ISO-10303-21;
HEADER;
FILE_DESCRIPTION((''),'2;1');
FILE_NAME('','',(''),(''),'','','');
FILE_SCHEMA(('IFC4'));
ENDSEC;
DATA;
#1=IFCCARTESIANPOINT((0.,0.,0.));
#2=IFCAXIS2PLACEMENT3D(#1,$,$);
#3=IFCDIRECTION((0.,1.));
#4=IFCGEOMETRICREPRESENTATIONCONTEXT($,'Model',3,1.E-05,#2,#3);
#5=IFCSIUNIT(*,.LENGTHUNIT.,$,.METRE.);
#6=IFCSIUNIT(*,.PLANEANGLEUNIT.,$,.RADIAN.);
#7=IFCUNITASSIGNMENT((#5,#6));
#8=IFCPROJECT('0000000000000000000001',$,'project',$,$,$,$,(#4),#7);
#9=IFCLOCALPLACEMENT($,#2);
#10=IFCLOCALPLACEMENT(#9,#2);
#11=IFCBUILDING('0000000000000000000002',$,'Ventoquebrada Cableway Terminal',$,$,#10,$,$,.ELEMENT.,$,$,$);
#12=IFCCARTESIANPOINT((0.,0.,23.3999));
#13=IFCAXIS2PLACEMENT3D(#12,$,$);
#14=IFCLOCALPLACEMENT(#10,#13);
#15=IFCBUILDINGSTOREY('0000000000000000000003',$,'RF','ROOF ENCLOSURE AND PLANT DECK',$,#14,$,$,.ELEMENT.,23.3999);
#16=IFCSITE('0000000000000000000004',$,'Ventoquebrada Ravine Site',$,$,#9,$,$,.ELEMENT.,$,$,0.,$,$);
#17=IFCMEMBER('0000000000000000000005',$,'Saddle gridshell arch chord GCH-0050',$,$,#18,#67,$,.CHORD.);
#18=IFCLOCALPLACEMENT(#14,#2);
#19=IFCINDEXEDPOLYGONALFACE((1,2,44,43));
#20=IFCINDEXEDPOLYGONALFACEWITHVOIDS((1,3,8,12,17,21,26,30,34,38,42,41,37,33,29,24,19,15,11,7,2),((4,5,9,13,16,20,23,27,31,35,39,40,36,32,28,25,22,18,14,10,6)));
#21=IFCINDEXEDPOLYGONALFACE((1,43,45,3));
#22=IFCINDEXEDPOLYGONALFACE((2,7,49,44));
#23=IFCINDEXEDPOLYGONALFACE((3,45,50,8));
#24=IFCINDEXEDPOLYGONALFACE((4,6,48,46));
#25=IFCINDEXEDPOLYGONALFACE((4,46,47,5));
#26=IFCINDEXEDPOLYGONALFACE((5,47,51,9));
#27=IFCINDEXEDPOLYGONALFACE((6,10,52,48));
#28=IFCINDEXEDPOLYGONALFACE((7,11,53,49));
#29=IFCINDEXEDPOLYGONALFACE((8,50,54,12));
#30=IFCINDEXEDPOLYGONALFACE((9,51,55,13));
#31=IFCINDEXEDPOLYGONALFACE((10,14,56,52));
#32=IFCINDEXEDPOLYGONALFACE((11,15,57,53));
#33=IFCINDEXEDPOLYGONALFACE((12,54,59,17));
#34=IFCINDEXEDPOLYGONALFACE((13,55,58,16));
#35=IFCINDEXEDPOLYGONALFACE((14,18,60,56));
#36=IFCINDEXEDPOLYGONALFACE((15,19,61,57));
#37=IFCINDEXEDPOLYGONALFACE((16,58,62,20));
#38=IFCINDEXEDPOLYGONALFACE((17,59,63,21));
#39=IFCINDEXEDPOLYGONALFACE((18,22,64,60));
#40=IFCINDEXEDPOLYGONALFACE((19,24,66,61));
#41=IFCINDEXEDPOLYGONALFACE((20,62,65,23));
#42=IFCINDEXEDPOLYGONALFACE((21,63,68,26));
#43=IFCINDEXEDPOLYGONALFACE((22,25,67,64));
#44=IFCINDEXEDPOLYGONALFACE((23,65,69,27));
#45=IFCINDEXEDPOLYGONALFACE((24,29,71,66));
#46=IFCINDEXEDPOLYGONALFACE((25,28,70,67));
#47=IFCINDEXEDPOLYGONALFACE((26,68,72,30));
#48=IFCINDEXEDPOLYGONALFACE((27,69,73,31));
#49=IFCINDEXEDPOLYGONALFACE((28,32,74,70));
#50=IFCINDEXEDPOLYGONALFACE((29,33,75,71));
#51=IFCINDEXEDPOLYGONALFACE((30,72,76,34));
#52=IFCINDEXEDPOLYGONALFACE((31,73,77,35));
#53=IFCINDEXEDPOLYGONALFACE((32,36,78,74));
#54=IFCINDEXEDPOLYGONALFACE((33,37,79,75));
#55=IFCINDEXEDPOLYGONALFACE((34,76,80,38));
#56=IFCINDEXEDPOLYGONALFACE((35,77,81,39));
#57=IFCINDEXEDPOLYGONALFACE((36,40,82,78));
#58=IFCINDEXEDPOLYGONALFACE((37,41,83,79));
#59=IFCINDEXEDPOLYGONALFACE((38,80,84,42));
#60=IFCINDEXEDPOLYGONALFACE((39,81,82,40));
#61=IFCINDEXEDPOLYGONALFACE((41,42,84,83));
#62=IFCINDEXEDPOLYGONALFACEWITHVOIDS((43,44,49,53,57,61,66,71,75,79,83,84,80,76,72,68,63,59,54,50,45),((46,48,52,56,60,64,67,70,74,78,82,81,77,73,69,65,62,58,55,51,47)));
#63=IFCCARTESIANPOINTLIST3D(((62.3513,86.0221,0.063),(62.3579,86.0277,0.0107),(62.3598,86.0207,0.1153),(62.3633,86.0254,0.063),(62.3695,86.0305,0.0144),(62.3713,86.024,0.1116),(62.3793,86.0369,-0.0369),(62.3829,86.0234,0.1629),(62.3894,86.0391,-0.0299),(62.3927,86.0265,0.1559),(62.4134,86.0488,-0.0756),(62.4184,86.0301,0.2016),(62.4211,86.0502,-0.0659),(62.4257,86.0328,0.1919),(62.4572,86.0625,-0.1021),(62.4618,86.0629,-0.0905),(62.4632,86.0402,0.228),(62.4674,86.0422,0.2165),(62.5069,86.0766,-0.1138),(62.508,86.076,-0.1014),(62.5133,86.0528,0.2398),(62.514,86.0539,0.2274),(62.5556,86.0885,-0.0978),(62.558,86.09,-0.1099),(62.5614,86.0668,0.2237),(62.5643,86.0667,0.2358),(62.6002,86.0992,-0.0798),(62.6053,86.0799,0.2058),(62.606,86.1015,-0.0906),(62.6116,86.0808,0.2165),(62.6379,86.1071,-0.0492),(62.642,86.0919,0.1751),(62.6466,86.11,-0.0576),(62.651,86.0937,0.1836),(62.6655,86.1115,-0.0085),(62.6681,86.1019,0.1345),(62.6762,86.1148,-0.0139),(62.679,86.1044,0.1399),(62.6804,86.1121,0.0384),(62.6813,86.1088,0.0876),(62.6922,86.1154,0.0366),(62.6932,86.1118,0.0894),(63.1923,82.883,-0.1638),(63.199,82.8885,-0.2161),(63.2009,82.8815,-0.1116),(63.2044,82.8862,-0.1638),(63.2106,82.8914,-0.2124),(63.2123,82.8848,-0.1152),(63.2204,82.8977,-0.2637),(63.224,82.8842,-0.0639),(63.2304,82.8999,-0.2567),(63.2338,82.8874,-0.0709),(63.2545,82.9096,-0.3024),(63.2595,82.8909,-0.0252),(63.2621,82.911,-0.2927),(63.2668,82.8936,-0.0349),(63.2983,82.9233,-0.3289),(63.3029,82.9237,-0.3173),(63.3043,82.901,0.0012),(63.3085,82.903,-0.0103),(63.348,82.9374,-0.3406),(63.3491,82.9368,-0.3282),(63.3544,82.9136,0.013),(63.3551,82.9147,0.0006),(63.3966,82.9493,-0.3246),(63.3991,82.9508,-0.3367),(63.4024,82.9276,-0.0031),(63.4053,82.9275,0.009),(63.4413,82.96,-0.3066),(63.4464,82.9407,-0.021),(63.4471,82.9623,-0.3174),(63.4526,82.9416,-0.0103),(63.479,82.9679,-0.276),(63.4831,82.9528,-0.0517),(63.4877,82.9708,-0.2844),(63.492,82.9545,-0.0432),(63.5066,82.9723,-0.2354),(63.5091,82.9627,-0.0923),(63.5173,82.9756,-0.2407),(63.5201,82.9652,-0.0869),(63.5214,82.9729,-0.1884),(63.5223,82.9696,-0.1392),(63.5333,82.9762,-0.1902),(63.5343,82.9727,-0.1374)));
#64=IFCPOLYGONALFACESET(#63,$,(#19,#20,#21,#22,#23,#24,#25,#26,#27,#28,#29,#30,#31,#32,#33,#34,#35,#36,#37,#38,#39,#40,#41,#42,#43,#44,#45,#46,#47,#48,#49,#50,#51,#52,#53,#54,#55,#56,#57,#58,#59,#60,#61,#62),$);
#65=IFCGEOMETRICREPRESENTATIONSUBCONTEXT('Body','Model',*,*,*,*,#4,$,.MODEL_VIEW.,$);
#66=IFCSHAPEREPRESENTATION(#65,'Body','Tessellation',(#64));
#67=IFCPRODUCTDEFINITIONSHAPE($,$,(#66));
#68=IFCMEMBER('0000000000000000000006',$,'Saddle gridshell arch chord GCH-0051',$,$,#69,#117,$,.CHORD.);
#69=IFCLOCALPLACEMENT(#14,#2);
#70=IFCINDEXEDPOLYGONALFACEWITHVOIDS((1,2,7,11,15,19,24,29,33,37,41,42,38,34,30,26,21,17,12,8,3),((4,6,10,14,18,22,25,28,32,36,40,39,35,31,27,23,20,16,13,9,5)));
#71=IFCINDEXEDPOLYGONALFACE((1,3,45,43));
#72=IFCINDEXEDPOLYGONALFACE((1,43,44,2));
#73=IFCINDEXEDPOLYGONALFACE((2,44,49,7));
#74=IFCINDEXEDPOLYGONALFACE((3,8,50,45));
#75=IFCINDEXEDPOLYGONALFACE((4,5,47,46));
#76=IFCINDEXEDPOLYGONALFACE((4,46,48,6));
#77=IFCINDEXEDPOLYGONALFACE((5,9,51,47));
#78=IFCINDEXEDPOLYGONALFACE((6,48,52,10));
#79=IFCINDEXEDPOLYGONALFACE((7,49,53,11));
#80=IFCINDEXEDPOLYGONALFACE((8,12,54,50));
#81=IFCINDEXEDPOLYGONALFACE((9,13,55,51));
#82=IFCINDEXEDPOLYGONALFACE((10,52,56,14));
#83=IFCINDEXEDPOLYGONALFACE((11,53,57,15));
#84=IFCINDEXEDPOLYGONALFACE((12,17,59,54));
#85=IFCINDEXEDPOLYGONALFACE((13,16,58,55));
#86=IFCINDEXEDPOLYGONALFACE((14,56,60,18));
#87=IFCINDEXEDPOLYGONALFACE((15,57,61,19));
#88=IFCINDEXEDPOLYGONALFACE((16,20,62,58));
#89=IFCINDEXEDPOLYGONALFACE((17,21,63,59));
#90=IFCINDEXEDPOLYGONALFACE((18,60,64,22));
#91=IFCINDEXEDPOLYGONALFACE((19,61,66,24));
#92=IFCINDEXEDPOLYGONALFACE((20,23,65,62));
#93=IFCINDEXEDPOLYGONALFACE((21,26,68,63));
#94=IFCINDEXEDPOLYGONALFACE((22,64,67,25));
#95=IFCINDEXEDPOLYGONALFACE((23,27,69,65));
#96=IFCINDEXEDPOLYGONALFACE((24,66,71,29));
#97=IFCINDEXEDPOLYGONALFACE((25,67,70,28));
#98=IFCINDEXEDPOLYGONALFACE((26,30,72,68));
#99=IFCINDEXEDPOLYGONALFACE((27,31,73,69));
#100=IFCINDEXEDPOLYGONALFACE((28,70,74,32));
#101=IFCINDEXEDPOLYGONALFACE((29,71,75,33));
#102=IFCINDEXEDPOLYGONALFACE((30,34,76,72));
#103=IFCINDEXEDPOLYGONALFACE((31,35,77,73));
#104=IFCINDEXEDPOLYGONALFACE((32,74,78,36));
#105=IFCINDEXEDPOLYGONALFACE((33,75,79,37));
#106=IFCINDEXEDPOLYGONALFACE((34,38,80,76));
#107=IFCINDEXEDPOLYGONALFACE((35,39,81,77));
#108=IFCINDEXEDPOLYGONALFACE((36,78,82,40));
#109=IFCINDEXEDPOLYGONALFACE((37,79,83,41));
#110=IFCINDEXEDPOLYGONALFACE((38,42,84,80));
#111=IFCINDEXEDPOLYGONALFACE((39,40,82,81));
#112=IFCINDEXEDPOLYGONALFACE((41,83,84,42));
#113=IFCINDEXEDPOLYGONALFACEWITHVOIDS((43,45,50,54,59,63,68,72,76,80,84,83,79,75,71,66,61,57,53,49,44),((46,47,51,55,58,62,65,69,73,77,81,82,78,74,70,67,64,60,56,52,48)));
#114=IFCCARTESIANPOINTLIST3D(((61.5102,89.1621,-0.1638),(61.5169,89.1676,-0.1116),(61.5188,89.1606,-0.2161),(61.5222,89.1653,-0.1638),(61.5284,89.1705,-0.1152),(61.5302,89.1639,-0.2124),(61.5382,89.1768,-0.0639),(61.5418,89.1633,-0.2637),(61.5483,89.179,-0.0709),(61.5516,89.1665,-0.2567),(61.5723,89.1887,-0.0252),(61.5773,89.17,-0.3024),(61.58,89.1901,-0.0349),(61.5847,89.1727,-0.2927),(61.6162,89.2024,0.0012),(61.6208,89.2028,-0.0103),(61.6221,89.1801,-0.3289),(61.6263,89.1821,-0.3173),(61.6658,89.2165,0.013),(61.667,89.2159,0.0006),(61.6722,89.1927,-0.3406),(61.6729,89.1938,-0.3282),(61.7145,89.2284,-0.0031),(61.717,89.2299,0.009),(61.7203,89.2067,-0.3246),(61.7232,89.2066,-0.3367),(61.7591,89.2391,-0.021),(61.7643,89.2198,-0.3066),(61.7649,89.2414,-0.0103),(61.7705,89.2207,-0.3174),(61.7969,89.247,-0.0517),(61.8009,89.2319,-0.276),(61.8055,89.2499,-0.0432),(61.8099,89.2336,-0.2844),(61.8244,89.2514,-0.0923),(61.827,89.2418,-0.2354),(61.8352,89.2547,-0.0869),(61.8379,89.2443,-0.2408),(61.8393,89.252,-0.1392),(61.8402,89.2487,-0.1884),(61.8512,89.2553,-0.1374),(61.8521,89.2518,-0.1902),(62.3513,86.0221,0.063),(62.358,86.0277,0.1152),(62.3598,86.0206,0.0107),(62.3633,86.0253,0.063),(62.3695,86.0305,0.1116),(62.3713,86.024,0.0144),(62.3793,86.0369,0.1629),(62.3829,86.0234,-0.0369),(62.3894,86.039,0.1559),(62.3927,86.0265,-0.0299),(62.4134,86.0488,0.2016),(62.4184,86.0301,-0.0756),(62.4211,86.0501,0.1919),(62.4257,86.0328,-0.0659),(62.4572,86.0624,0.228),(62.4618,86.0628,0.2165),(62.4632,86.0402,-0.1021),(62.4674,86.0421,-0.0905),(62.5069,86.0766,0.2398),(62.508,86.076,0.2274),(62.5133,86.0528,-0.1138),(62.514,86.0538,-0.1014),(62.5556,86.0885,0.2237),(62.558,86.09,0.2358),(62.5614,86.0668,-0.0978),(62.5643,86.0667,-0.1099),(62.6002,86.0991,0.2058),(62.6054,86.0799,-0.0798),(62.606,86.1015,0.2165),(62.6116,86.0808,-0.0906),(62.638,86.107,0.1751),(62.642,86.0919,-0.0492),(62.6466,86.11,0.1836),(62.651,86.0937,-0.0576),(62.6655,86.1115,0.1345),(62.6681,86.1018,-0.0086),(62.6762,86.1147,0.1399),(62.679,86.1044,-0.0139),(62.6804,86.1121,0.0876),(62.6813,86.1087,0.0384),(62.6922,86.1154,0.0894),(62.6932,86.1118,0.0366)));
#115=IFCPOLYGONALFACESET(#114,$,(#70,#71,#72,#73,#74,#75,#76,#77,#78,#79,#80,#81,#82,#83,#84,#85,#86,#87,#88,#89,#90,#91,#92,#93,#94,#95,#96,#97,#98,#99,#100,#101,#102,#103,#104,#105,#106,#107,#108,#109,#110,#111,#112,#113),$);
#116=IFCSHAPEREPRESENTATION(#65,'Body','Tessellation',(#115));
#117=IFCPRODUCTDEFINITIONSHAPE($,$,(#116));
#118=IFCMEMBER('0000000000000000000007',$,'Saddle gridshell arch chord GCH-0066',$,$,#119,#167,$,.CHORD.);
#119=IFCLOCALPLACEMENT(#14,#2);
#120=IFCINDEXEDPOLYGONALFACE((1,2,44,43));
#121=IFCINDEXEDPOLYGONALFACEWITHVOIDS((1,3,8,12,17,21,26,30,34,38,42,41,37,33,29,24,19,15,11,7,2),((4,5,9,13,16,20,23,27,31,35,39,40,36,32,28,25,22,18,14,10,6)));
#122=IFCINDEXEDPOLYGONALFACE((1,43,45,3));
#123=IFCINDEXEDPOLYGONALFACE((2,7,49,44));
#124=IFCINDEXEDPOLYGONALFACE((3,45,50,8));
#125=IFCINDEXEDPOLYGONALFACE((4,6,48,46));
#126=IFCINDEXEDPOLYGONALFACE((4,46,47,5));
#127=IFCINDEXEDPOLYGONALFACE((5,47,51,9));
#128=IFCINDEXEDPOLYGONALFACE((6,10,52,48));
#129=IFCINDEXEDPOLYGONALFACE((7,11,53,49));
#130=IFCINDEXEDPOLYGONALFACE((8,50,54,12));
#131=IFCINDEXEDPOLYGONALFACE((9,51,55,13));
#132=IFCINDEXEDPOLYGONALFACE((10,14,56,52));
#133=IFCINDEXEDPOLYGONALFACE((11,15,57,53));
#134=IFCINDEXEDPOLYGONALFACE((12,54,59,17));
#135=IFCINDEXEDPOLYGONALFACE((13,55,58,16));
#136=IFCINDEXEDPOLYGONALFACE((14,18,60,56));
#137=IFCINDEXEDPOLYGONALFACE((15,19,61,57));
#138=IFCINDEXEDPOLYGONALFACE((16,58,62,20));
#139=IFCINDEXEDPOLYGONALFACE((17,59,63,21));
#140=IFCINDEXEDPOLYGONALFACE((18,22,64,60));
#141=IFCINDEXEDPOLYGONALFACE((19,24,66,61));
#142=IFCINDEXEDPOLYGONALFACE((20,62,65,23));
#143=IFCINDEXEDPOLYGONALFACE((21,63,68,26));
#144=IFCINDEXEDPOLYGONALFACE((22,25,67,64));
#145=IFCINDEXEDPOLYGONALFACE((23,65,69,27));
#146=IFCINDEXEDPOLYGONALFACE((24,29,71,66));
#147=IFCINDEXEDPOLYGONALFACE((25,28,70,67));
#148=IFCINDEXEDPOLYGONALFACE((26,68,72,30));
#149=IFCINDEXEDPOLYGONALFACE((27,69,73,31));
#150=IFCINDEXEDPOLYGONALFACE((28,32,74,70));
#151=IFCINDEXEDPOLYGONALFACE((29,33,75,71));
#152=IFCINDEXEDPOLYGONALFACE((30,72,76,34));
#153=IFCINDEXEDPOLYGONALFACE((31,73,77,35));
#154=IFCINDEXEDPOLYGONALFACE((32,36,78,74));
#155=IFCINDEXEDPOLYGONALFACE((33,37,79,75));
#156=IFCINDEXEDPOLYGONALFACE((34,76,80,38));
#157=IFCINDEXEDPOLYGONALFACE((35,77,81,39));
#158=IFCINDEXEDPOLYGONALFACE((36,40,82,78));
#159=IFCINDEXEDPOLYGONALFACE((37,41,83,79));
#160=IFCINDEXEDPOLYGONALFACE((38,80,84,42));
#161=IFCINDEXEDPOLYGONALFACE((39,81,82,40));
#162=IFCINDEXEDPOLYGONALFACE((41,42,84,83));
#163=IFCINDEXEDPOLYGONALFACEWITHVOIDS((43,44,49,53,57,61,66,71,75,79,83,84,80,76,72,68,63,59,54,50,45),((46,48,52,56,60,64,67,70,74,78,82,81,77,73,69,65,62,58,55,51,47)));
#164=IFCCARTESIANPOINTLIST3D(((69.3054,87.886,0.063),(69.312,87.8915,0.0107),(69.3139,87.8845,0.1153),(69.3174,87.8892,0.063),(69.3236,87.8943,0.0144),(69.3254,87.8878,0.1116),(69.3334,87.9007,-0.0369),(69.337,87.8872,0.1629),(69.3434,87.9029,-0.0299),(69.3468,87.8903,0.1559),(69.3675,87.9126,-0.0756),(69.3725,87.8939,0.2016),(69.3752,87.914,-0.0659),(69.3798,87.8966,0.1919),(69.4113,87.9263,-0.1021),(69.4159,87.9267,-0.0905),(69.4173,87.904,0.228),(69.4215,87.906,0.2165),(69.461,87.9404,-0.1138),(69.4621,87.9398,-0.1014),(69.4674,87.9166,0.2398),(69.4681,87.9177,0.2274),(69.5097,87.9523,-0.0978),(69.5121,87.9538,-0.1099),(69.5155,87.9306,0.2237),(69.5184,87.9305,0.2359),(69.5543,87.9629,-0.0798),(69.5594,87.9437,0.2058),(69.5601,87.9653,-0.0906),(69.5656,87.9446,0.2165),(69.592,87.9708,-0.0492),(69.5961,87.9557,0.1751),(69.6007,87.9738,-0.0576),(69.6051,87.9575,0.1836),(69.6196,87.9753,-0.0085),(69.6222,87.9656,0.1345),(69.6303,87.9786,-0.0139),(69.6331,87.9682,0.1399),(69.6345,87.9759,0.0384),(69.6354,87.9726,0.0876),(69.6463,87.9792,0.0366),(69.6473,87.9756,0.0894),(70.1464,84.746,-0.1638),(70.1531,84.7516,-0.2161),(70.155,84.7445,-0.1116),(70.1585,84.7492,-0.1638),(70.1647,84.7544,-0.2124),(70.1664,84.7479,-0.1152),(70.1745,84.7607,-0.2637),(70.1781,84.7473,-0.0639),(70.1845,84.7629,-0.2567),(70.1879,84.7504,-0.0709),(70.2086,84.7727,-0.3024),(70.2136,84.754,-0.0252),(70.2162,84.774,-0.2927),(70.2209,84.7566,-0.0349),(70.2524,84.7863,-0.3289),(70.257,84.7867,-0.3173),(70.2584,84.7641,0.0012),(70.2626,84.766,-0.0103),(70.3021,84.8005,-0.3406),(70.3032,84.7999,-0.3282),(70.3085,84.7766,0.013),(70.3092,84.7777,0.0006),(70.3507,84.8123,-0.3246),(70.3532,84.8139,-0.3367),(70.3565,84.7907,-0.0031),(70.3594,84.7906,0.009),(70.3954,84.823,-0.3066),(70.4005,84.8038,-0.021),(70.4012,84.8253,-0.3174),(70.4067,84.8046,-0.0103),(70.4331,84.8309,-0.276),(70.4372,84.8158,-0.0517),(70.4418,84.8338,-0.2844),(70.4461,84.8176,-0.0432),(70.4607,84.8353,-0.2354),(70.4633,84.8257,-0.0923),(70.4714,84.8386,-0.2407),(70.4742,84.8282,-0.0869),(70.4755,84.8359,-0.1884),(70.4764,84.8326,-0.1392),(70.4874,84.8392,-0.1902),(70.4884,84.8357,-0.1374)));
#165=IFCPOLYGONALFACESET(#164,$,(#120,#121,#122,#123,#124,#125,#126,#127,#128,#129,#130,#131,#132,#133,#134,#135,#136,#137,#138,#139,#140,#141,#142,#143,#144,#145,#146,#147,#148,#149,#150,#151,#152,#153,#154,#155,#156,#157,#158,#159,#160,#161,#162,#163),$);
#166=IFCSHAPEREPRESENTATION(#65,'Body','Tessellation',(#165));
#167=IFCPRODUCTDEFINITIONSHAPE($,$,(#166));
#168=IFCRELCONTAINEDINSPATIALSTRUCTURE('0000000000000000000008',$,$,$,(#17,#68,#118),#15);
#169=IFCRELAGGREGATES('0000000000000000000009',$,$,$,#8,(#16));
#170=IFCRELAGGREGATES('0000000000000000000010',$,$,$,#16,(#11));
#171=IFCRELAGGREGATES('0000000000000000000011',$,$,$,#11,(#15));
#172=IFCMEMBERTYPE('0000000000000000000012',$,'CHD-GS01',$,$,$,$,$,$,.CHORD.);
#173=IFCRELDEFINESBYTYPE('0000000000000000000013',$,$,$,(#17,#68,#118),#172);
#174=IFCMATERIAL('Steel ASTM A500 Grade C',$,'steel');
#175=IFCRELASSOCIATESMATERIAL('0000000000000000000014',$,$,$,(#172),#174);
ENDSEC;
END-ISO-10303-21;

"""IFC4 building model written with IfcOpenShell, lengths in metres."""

from ifc_helpers import new_model, si_unit, direction, frame, origin, origin_2d, place, context, subcontext, project, spatial, hollow_circle, extrude, material, material_profile, profile_set, type_object, element, save


model = new_model("IFC4")

# Units and contexts
model_context = context("Model", 3, precision=1e-05, world=origin(), true_north=direction((0.0, 1.0)))
body_context = subcontext(model_context, "Body", "Model", "MODEL_VIEW")
ifc_project = project(units=[si_unit("LENGTHUNIT", "METRE"), si_unit("PLANEANGLEUNIT", "RADIAN")], contexts=[model_context])

# Site, building, storey
site_placement = place(None, origin())
site = spatial("IfcSite", under=ifc_project, at=site_placement, Name="Ventoquebrada Ravine Site", CompositionType="ELEMENT", RefElevation=0.0)
building_placement = place(site_placement, origin())
building = spatial("IfcBuilding", under=site, at=building_placement, Name="Ventoquebrada Cableway Terminal", CompositionType="ELEMENT")
storey_placement = place(building_placement, frame((0.0, 0.0, 23.3999)))
storey = spatial("IfcBuildingStorey", under=building, at=storey_placement, Name="RF", Description="ROOF ENCLOSURE AND PLANT DECK", CompositionType="ELEMENT", Elevation=23.3999)

# Members
ifc_material_1 = material(Name="Steel ASTM A500 Grade C", Category="steel")
ifc_material_profile_1 = material_profile(ifc_material_1, hollow_circle(Radius=0.1777, WallThickness=0.0125, at=origin_2d()), Name="CHS355.6X12.5")
ifc_profile_set_1 = profile_set([ifc_material_profile_1], Name="Steel ASTM A500 Grade C")
member_type_1 = type_object("IfcMemberType", Name="CHD-GS01", PredefinedType="CHORD", material=ifc_profile_set_1)
member_1_placement = place(storey_placement, frame((63.364, 82.929, -0.1638), z_axis=(-0.258171, 0.963588, 0.06962), x_axis=(-0.965931, -0.258799, 0.0)))
element("IfcMember", 1, at=member_1_placement, inside=storey, type_object=member_type_1, Name="Saddle gridshell arch chord GCH-0050", PredefinedType="CHORD", context=body_context, shape_type="SweptSolid", body=[
    extrude(hollow_circle(Radius=0.1777, WallThickness=0.0125, at=origin_2d()), origin(), (0.0, 0.0, 1.0), 3.2578),
])
for number, where, z_axis, x_axis, name in (
    (2, (62.5229, 86.0681, 0.063), (-0.258115, 0.963604, -0.069605), (-0.965946, -0.258742, 0.0), "Saddle gridshell arch chord GCH-0051"),
    (3, (70.3181, 84.792, -0.1638), (-0.258115, 0.963604, 0.069605), (-0.965946, -0.258742, 0.0), "Saddle gridshell arch chord GCH-0066"),
):
    element("IfcMember", number, at=place(storey_placement, frame(where, z_axis=z_axis, x_axis=x_axis)), inside=storey, type_object=member_type_1, Name=name, PredefinedType="CHORD", context=body_context, shape_type="SweptSolid", body=[
        extrude(hollow_circle(Radius=0.1777, WallThickness=0.0125, at=origin_2d()), origin(), (0.0, 0.0, 1.0), 3.2585),
    ])

save(model, "model.ifc")
